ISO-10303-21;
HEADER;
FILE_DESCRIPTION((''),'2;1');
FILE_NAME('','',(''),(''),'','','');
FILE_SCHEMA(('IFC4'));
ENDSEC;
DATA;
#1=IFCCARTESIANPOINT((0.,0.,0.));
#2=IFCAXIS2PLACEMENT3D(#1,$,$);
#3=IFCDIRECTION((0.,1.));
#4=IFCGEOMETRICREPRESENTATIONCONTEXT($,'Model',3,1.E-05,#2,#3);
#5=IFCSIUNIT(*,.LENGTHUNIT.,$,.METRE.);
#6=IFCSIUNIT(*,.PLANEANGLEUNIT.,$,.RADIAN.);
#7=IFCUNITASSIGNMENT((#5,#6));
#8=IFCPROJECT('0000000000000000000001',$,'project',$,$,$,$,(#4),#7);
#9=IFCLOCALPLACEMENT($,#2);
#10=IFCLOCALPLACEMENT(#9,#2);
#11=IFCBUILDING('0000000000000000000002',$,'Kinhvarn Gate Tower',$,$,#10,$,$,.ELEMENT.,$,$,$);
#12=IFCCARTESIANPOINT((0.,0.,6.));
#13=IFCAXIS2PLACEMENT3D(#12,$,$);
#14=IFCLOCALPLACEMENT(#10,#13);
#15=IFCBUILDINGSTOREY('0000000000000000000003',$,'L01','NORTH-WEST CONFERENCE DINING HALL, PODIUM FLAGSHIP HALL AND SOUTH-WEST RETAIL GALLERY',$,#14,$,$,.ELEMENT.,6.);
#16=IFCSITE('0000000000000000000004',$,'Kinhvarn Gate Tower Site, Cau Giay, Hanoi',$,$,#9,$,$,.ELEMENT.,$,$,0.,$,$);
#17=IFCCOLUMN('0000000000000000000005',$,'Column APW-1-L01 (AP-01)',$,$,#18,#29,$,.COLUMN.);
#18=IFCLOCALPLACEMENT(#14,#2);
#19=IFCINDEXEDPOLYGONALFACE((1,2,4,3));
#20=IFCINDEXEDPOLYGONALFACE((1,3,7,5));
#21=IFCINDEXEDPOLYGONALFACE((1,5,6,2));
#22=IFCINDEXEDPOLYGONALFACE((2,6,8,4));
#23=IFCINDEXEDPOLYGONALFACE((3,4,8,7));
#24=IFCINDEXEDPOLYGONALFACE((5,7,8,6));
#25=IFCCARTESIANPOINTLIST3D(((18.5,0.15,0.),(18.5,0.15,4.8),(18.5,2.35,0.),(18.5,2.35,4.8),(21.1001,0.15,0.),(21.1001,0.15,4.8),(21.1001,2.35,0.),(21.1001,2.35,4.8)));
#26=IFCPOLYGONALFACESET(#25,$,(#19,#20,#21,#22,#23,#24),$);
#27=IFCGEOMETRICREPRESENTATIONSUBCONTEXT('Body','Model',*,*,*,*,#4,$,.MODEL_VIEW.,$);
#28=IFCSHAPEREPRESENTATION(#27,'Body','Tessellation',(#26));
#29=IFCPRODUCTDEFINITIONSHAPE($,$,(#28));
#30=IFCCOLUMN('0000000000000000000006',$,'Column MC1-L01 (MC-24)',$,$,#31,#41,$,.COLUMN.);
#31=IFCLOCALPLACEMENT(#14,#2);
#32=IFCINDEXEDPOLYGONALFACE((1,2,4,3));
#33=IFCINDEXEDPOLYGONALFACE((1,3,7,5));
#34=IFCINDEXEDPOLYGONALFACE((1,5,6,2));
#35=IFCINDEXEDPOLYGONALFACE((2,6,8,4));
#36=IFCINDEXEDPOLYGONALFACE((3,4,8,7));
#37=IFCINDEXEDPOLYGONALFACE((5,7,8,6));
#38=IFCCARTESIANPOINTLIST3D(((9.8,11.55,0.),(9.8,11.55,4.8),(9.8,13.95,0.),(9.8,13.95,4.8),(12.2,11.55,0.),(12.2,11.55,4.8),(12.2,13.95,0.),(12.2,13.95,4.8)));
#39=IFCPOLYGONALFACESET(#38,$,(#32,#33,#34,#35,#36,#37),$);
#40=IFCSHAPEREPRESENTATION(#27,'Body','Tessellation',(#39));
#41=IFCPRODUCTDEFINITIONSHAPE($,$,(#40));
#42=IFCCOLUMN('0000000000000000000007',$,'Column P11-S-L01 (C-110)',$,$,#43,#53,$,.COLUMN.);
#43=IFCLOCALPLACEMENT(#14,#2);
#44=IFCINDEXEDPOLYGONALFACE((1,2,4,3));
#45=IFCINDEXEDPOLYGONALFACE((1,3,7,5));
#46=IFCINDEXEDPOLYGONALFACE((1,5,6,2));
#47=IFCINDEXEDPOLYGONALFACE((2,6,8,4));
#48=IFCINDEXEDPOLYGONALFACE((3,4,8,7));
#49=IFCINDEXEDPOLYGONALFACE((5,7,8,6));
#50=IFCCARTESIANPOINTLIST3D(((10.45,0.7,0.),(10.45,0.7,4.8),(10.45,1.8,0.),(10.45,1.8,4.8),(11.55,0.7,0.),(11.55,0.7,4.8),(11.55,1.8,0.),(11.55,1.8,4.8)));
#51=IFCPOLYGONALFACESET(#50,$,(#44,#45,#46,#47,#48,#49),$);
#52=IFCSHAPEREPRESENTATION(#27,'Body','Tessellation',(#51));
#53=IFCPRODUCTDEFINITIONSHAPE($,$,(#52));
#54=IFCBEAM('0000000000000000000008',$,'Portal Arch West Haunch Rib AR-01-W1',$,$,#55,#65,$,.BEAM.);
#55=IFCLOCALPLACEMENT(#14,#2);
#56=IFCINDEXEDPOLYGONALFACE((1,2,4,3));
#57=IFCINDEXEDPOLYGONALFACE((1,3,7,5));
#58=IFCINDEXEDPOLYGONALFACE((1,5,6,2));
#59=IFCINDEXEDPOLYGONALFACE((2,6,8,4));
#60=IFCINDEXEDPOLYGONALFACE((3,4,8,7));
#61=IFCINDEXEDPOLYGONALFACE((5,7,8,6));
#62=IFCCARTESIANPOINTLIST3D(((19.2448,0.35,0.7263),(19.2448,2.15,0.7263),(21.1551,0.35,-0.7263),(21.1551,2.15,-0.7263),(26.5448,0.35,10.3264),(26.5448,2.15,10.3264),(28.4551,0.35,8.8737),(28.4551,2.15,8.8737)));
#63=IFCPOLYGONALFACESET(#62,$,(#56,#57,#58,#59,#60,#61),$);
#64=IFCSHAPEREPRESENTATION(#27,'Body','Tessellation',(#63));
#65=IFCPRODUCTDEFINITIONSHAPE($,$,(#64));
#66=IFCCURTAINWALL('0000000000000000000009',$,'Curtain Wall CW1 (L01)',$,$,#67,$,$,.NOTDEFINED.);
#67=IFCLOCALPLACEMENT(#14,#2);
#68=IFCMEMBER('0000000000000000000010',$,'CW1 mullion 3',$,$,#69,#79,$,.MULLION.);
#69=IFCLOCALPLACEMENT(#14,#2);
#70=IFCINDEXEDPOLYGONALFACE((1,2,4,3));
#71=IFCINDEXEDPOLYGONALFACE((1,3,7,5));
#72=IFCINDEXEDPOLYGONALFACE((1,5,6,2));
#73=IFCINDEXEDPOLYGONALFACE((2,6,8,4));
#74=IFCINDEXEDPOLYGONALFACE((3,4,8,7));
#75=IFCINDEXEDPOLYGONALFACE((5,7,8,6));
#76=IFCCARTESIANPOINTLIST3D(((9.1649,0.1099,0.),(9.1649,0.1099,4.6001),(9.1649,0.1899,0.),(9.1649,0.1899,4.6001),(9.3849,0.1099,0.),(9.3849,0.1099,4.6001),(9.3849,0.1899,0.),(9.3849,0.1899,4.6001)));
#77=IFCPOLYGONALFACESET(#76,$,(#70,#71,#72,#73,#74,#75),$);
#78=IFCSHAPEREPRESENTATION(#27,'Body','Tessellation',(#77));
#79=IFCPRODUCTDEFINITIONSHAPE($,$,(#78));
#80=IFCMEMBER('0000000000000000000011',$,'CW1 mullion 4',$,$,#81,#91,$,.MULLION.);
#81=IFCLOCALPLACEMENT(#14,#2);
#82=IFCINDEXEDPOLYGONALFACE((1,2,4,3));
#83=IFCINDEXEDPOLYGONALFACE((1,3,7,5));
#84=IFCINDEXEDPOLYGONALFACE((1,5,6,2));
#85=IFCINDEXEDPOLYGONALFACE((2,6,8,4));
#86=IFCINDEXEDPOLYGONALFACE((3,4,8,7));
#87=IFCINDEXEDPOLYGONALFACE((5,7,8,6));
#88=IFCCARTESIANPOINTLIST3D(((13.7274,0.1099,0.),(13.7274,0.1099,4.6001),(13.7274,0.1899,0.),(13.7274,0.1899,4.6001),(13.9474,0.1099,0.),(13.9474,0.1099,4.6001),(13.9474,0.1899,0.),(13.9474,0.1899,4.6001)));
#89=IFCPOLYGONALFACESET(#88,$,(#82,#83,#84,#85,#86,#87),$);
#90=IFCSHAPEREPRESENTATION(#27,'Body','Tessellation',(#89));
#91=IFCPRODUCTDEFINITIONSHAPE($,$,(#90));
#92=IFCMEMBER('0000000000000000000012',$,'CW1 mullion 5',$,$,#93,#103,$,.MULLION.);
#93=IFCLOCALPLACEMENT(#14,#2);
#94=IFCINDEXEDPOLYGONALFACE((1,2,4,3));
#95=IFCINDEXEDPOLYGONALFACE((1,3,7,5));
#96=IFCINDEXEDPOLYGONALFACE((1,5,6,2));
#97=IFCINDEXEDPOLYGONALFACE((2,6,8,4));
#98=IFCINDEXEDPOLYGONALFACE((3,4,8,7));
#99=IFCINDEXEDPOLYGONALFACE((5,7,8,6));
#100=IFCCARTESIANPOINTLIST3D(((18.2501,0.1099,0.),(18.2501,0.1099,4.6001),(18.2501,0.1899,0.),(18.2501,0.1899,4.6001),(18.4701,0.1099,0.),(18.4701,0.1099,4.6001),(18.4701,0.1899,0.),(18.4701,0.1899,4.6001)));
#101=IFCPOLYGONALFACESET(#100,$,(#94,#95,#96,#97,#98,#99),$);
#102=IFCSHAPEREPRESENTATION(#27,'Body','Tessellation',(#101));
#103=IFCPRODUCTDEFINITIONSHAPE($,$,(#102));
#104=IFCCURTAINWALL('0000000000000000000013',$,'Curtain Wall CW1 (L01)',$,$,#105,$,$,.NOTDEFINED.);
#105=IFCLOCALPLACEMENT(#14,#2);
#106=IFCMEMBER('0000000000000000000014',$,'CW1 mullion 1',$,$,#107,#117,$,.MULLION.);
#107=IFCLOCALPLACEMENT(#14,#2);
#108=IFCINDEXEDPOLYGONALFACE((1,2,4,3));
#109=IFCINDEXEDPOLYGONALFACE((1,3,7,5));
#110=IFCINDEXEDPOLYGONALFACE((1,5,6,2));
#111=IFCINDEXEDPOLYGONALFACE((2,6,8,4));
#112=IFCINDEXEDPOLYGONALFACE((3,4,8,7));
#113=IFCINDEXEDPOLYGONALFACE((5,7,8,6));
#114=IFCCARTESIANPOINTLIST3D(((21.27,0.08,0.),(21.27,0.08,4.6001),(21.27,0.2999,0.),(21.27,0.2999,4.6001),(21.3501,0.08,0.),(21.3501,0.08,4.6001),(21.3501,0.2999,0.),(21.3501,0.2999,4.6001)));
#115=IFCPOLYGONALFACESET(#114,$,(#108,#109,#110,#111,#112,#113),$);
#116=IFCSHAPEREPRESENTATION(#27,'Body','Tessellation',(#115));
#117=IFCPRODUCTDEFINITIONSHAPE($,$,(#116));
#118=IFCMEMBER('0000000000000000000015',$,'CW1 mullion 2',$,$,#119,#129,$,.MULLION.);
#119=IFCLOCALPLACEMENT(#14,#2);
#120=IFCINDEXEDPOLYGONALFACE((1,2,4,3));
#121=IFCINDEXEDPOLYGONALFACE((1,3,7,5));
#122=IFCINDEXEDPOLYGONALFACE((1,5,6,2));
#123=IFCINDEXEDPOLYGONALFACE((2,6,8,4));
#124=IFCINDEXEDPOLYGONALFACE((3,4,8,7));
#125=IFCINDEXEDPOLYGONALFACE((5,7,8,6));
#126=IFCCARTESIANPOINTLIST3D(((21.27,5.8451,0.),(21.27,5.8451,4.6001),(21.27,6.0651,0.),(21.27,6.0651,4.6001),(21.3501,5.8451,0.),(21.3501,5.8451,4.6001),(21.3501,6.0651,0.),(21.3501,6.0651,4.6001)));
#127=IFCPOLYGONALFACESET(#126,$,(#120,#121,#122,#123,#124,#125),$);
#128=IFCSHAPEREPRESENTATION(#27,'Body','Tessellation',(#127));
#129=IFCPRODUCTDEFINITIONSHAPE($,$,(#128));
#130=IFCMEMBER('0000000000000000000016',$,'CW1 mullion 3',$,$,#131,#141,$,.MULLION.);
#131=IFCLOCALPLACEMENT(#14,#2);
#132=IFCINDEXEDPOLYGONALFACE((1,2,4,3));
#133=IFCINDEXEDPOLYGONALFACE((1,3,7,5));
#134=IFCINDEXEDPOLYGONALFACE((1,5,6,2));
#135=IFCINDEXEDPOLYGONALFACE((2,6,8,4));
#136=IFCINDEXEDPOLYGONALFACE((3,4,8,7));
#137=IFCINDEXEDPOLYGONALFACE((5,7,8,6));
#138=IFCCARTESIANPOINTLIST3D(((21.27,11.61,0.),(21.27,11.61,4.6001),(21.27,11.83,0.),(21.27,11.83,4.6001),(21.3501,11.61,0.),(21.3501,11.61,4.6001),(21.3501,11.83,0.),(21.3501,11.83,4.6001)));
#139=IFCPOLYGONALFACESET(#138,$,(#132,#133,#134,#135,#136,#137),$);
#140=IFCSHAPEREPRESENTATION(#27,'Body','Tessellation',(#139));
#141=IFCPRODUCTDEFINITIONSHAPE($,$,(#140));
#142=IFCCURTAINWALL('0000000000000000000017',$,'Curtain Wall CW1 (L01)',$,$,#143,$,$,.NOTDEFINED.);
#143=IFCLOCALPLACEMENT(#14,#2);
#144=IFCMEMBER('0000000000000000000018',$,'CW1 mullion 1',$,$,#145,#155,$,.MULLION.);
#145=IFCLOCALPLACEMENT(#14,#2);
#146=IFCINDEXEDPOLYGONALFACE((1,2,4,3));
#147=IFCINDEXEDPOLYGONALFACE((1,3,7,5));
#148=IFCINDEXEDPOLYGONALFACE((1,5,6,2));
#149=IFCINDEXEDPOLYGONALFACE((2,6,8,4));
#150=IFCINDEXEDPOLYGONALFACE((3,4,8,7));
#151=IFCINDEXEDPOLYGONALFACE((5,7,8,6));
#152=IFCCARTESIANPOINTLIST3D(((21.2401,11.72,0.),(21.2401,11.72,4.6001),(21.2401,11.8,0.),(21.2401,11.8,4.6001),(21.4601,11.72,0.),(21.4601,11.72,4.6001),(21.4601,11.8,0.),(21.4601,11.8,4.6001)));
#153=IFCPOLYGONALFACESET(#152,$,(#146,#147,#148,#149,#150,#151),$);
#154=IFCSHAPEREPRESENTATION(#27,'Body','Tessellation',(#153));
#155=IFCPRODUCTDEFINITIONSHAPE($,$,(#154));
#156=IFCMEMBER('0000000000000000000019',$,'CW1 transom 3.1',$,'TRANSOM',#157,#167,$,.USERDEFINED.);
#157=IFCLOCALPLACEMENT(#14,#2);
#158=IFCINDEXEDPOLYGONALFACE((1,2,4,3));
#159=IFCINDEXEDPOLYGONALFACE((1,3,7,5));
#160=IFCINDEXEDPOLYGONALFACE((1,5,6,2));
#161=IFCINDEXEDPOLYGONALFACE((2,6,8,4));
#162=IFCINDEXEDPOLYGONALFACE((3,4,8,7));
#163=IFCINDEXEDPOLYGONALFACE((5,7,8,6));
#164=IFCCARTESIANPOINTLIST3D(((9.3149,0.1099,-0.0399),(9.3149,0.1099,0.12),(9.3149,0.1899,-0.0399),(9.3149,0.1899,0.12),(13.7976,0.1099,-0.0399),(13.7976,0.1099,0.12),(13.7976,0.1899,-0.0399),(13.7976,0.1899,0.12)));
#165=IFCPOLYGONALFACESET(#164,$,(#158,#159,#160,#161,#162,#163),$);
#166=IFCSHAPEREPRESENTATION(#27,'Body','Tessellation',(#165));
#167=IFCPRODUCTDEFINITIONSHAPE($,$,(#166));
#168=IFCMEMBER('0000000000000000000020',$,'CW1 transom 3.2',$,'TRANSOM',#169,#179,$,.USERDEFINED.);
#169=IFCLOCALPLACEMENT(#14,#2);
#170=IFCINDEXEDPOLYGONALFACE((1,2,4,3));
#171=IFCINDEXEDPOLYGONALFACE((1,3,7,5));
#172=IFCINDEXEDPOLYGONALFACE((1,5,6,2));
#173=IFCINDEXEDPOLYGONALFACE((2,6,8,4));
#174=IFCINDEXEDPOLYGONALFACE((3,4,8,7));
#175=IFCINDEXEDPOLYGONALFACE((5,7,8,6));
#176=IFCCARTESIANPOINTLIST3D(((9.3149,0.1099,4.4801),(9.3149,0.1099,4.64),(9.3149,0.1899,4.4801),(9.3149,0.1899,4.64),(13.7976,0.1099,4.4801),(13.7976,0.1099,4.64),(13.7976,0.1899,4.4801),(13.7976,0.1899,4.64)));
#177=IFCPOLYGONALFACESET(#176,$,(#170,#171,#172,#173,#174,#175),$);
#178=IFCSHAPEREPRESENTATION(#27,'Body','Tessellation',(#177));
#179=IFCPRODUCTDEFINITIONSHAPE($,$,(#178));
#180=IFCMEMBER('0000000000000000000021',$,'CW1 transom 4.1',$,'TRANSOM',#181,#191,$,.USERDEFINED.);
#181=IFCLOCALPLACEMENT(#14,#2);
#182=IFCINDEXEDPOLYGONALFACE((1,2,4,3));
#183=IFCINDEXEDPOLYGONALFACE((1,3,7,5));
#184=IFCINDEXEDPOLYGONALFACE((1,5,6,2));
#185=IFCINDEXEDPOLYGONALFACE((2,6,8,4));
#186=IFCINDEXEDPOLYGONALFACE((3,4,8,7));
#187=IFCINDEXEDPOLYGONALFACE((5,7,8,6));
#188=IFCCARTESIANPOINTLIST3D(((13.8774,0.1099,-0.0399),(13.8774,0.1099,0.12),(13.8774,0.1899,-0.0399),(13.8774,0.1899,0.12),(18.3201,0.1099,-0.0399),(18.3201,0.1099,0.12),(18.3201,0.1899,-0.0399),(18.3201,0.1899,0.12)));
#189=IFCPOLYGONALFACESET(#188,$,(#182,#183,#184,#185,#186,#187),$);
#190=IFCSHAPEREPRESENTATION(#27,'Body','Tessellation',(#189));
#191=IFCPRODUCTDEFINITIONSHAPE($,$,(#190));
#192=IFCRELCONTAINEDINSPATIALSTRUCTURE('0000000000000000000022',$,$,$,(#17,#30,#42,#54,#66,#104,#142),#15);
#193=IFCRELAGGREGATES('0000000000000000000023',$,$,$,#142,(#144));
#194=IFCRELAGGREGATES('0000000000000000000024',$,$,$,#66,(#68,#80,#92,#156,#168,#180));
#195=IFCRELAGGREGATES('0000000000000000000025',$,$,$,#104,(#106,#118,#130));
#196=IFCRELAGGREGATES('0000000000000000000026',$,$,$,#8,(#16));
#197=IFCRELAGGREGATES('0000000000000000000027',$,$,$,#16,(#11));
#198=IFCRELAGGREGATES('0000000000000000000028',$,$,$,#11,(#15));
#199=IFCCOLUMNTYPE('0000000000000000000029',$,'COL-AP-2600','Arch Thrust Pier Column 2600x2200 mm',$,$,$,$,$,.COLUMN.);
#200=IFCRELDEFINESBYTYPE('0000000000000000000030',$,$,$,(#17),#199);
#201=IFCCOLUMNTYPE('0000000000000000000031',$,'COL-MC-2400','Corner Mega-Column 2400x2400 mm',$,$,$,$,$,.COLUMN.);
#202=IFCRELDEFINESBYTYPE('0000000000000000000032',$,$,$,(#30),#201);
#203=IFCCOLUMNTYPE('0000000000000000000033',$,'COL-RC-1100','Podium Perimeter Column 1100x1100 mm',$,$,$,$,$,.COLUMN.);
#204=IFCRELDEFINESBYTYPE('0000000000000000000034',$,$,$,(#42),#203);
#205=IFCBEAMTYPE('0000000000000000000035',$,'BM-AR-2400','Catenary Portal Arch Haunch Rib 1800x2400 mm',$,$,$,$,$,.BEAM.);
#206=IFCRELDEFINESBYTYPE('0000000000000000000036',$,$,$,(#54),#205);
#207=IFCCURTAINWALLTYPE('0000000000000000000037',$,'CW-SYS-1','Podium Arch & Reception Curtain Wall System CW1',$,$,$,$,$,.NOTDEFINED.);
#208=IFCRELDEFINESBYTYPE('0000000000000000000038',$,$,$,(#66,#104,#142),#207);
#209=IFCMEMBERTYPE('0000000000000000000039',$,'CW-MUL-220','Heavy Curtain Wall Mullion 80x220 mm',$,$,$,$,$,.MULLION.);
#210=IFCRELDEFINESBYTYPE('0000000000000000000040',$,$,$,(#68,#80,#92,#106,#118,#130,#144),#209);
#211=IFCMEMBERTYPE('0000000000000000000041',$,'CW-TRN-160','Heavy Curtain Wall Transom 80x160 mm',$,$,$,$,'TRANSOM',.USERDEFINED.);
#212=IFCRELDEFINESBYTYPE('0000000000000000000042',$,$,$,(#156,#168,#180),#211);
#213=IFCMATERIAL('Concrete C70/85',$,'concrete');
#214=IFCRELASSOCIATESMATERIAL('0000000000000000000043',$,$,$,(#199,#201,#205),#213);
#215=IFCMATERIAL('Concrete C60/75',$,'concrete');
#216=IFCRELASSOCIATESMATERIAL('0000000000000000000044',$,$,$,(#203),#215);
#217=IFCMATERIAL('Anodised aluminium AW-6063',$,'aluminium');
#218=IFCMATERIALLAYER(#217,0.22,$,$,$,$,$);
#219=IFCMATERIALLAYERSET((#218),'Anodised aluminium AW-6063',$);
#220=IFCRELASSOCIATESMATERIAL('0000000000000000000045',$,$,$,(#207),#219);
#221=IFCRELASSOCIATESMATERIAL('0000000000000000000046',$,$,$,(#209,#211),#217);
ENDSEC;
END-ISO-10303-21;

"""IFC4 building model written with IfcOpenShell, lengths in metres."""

from ifc_helpers import new_model, si_unit, direction, frame, origin, origin_2d, place, context, subcontext, project, spatial, rectangle, extrude, material, layer, layer_set, material_profile, profile_set, type_object, element, aggregate, save


model = new_model("IFC4")

# Units and contexts
model_context = context("Model", 3, precision=1e-05, world=origin(), true_north=direction((0.0, 1.0)))
body_context = subcontext(model_context, "Body", "Model", "MODEL_VIEW")
ifc_project = project(units=[si_unit("LENGTHUNIT", "METRE"), si_unit("PLANEANGLEUNIT", "RADIAN")], contexts=[model_context])

# Site, building, storey
site_placement = place(None, origin())
site = spatial("IfcSite", under=ifc_project, at=site_placement, Name="Kinhvarn Gate Tower Site, Cau Giay, Hanoi", CompositionType="ELEMENT", RefElevation=0.0)
building_placement = place(site_placement, origin())
building = spatial("IfcBuilding", under=site, at=building_placement, Name="Kinhvarn Gate Tower", CompositionType="ELEMENT")
storey_placement = place(building_placement, frame((0.0, 0.0, 6.0)))
storey = spatial("IfcBuildingStorey", under=building, at=storey_placement, Name="L01", Description="NORTH-WEST CONFERENCE DINING HALL, PODIUM FLAGSHIP HALL AND SOUTH-WEST RETAIL GALLERY", CompositionType="ELEMENT", Elevation=6.0)

# Columns
ifc_material_1 = material(Name="Concrete C70/85", Category="concrete")
ifc_material_profile_1 = material_profile(ifc_material_1, rectangle(XDim=2.6001, YDim=2.2, at=origin_2d()), Name="RC 2600x2200")
ifc_profile_set_1 = profile_set([ifc_material_profile_1], Name="Concrete C70/85")
column_type_1 = type_object("IfcColumnType", Name="COL-AP-2600", Description="Arch Thrust Pier Column 2600x2200 mm", PredefinedType="COLUMN", material=ifc_profile_set_1)
column_1_placement = place(storey_placement, frame((19.8, 1.25, 0.0), z_axis=(0.0, 0.0, 1.0), x_axis=(1.0, 0.0, 0.0)))
element("IfcColumn", 1, at=column_1_placement, inside=storey, type_object=column_type_1, Name="Column APW-1-L01 (AP-01)", PredefinedType="COLUMN", context=body_context, shape_type="SweptSolid", body=[
    extrude(rectangle(XDim=2.6001, YDim=2.2, at=origin_2d()), origin(), (0.0, 0.0, 1.0), 4.8),
])
ifc_material_profile_2 = material_profile(ifc_material_1, rectangle(XDim=2.3999, YDim=2.3999, at=origin_2d()), Name="RC 2400x2400")
ifc_profile_set_2 = profile_set([ifc_material_profile_2], Name="Concrete C70/85")
column_type_2 = type_object("IfcColumnType", Name="COL-MC-2400", Description="Corner Mega-Column 2400x2400 mm", PredefinedType="COLUMN", material=ifc_profile_set_2)
column_2_placement = place(storey_placement, frame((11.0, 12.75, 0.0), z_axis=(0.0, 0.0, 1.0), x_axis=(1.0, 0.0, 0.0)))
element("IfcColumn", 2, at=column_2_placement, inside=storey, type_object=column_type_2, Name="Column MC1-L01 (MC-24)", PredefinedType="COLUMN", context=body_context, shape_type="SweptSolid", body=[
    extrude(rectangle(XDim=2.3999, YDim=2.3999, at=origin_2d()), origin(), (0.0, 0.0, 1.0), 4.8),
])
ifc_material_2 = material(Name="Concrete C60/75", Category="concrete")
ifc_material_profile_3 = material_profile(ifc_material_2, rectangle(XDim=1.1001, YDim=1.1001, at=origin_2d()), Name="RC 1100x1100")
ifc_profile_set_3 = profile_set([ifc_material_profile_3], Name="Concrete C60/75")
column_type_3 = type_object("IfcColumnType", Name="COL-RC-1100", Description="Podium Perimeter Column 1100x1100 mm", PredefinedType="COLUMN", material=ifc_profile_set_3)
column_3_placement = place(storey_placement, frame((11.0, 1.25, 0.0), z_axis=(0.0, 0.0, 1.0), x_axis=(1.0, 0.0, 0.0)))
element("IfcColumn", 3, at=column_3_placement, inside=storey, type_object=column_type_3, Name="Column P11-S-L01 (C-110)", PredefinedType="COLUMN", context=body_context, shape_type="SweptSolid", body=[
    extrude(rectangle(XDim=1.1001, YDim=1.1001, at=origin_2d()), origin(), (0.0, 0.0, 1.0), 4.8),
])

# Beam
ifc_material_profile_4 = material_profile(ifc_material_1, rectangle(XDim=1.8, YDim=2.3999, at=origin_2d()), Name="RC 1800x2400")
ifc_profile_set_4 = profile_set([ifc_material_profile_4], Name="Concrete C70/85")
beam_type_1 = type_object("IfcBeamType", Name="BM-AR-2400", Description="Catenary Portal Arch Haunch Rib 1800x2400 mm", PredefinedType="BEAM", material=ifc_profile_set_4)
beam_1_placement = place(storey_placement, frame((20.2, 1.25, 0.0), z_axis=(0.605292, 0.0, 0.796003), x_axis=(0.0, 1.0, 0.0)))
element("IfcBeam", 4, at=beam_1_placement, inside=storey, type_object=beam_type_1, Name="Portal Arch West Haunch Rib AR-01-W1", PredefinedType="BEAM", context=body_context, shape_type="SweptSolid", body=[
    extrude(rectangle(XDim=1.8, YDim=2.3999, at=origin_2d()), origin(), (0.0, 0.0, 1.0), 12.0603),
])

# Curtain walls, members
ifc_material_3 = material(Name="Anodised aluminium AW-6063", Category="aluminium")
ifc_layer_1 = layer(ifc_material_3, 0.22)
ifc_layer_set_1 = layer_set([ifc_layer_1], Name="Anodised aluminium AW-6063")
curtain_wall_type = type_object("IfcCurtainWallType", Name="CW-SYS-1", Description="Podium Arch & Reception Curtain Wall System CW1", PredefinedType="NOTDEFINED", material=ifc_layer_set_1)
curtain_wall_1_placement = place(storey_placement, origin())
curtain_wall_1 = element("IfcCurtainWall", 5, at=curtain_wall_1_placement, inside=storey, type_object=curtain_wall_type, Name="Curtain Wall CW1 (L01)", PredefinedType="NOTDEFINED")
ifc_material_profile_5 = material_profile(ifc_material_3, rectangle(XDim=0.0801, YDim=0.22, at=origin_2d()), Name="ALU 80x220")
ifc_profile_set_5 = profile_set([ifc_material_profile_5], Name="Anodised aluminium AW-6063")
member_type_1 = type_object("IfcMemberType", Name="CW-MUL-220", Description="Heavy Curtain Wall Mullion 80x220 mm", PredefinedType="MULLION", material=ifc_profile_set_5)
member_1_placement = place(storey_placement, frame((9.2749, 0.1499, 0.0), z_axis=(0.0, 0.0, 1.0), x_axis=(0.0, 1.0, 0.0)))
member_1 = element("IfcMember", 6, at=member_1_placement, type_object=member_type_1, Name="CW1 mullion 3", PredefinedType="MULLION", context=body_context, shape_type="SweptSolid", body=[
    extrude(rectangle(XDim=0.0801, YDim=0.22, at=origin_2d()), origin(), (0.0, 0.0, 1.0), 4.6001),
])
member_2_placement = place(storey_placement, frame((13.8374, 0.1499, 0.0), z_axis=(0.0, 0.0, 1.0), x_axis=(0.0, 1.0, 0.0)))
member_2 = element("IfcMember", 7, at=member_2_placement, type_object=member_type_1, Name="CW1 mullion 4", PredefinedType="MULLION", context=body_context, shape_type="SweptSolid", body=[
    extrude(rectangle(XDim=0.0801, YDim=0.22, at=origin_2d()), origin(), (0.0, 0.0, 1.0), 4.6001),
])
member_3_placement = place(storey_placement, frame((18.3601, 0.1499, 0.0), z_axis=(0.0, 0.0, 1.0), x_axis=(0.0, 1.0, 0.0)))
member_3 = element("IfcMember", 8, at=member_3_placement, type_object=member_type_1, Name="CW1 mullion 5", PredefinedType="MULLION", context=body_context, shape_type="SweptSolid", body=[
    extrude(rectangle(XDim=0.0801, YDim=0.22, at=origin_2d()), origin(), (0.0, 0.0, 1.0), 4.6001),
])
curtain_wall_2_placement = place(storey_placement, origin())
curtain_wall_2 = element("IfcCurtainWall", 9, at=curtain_wall_2_placement, inside=storey, type_object=curtain_wall_type, Name="Curtain Wall CW1 (L01)", PredefinedType="NOTDEFINED")
member_4_placement = place(storey_placement, frame((21.3101, 0.1899, 0.0), z_axis=(0.0, 0.0, 1.0), x_axis=(-1.0, 0.0, 0.0)))
member_4 = element("IfcMember", 10, at=member_4_placement, type_object=member_type_1, Name="CW1 mullion 1", PredefinedType="MULLION", context=body_context, shape_type="SweptSolid", body=[
    extrude(rectangle(XDim=0.0801, YDim=0.22, at=origin_2d()), origin(), (0.0, 0.0, 1.0), 4.6001),
])
member_5_placement = place(storey_placement, frame((21.3101, 5.9551, 0.0), z_axis=(0.0, 0.0, 1.0), x_axis=(-1.0, 0.0, 0.0)))
member_5 = element("IfcMember", 11, at=member_5_placement, type_object=member_type_1, Name="CW1 mullion 2", PredefinedType="MULLION", context=body_context, shape_type="SweptSolid", body=[
    extrude(rectangle(XDim=0.0801, YDim=0.22, at=origin_2d()), origin(), (0.0, 0.0, 1.0), 4.6001),
])
member_6_placement = place(storey_placement, frame((21.3101, 11.72, 0.0), z_axis=(0.0, 0.0, 1.0), x_axis=(-1.0, 0.0, 0.0)))
member_6 = element("IfcMember", 12, at=member_6_placement, type_object=member_type_1, Name="CW1 mullion 3", PredefinedType="MULLION", context=body_context, shape_type="SweptSolid", body=[
    extrude(rectangle(XDim=0.0801, YDim=0.22, at=origin_2d()), origin(), (0.0, 0.0, 1.0), 4.6001),
])

# Curtain wall, member
curtain_wall_3_placement = place(storey_placement, origin())
curtain_wall_3 = element("IfcCurtainWall", 13, at=curtain_wall_3_placement, inside=storey, type_object=curtain_wall_type, Name="Curtain Wall CW1 (L01)", PredefinedType="NOTDEFINED")
member_7_placement = place(storey_placement, frame((21.3501, 11.76, 0.0), z_axis=(0.0, 0.0, 1.0), x_axis=(0.0, 1.0, 0.0)))
member_7 = element("IfcMember", 14, at=member_7_placement, type_object=member_type_1, Name="CW1 mullion 1", PredefinedType="MULLION", context=body_context, shape_type="SweptSolid", body=[
    extrude(rectangle(XDim=0.0801, YDim=0.22, at=origin_2d()), origin(), (0.0, 0.0, 1.0), 4.6001),
])
aggregate(curtain_wall_3, [member_7])

# Members
ifc_material_profile_6 = material_profile(ifc_material_3, rectangle(XDim=0.0801, YDim=0.1599, at=origin_2d()), Name="ALU 80x160")
ifc_profile_set_6 = profile_set([ifc_material_profile_6], Name="Anodised aluminium AW-6063")
member_type_2 = type_object("IfcMemberType", Name="CW-TRN-160", Description="Heavy Curtain Wall Transom 80x160 mm", ElementType="TRANSOM", PredefinedType="USERDEFINED", material=ifc_profile_set_6)
member_8_placement = place(storey_placement, frame((9.3149, 0.1499, 0.04), z_axis=(1.0, 0.0, 0.0), x_axis=(0.0, 1.0, 0.0)))
member_8 = element("IfcMember", 15, at=member_8_placement, type_object=member_type_2, Name="CW1 transom 3.1", ObjectType="TRANSOM", PredefinedType="USERDEFINED", context=body_context, shape_type="SweptSolid", body=[
    extrude(rectangle(XDim=0.0801, YDim=0.1599, at=origin_2d()), origin(), (0.0, 0.0, 1.0), 4.4827),
])
member_9_placement = place(storey_placement, frame((9.3149, 0.1499, 4.5601), z_axis=(1.0, 0.0, 0.0), x_axis=(0.0, 1.0, 0.0)))
member_9 = element("IfcMember", 16, at=member_9_placement, type_object=member_type_2, Name="CW1 transom 3.2", ObjectType="TRANSOM", PredefinedType="USERDEFINED", context=body_context, shape_type="SweptSolid", body=[
    extrude(rectangle(XDim=0.0801, YDim=0.1599, at=origin_2d()), origin(), (0.0, 0.0, 1.0), 4.4827),
])
member_10_placement = place(storey_placement, frame((13.8774, 0.1499, 0.04), z_axis=(1.0, 0.0, 0.0), x_axis=(0.0, 1.0, 0.0)))
member_10 = element("IfcMember", 17, at=member_10_placement, type_object=member_type_2, Name="CW1 transom 4.1", ObjectType="TRANSOM", PredefinedType="USERDEFINED", context=body_context, shape_type="SweptSolid", body=[
    extrude(rectangle(XDim=0.0801, YDim=0.1599, at=origin_2d()), origin(), (0.0, 0.0, 1.0), 4.4426),
])

aggregate(curtain_wall_1, [member_1, member_2, member_3, member_8, member_9, member_10])
aggregate(curtain_wall_2, [member_4, member_5, member_6])

save(model, "model.ifc")
